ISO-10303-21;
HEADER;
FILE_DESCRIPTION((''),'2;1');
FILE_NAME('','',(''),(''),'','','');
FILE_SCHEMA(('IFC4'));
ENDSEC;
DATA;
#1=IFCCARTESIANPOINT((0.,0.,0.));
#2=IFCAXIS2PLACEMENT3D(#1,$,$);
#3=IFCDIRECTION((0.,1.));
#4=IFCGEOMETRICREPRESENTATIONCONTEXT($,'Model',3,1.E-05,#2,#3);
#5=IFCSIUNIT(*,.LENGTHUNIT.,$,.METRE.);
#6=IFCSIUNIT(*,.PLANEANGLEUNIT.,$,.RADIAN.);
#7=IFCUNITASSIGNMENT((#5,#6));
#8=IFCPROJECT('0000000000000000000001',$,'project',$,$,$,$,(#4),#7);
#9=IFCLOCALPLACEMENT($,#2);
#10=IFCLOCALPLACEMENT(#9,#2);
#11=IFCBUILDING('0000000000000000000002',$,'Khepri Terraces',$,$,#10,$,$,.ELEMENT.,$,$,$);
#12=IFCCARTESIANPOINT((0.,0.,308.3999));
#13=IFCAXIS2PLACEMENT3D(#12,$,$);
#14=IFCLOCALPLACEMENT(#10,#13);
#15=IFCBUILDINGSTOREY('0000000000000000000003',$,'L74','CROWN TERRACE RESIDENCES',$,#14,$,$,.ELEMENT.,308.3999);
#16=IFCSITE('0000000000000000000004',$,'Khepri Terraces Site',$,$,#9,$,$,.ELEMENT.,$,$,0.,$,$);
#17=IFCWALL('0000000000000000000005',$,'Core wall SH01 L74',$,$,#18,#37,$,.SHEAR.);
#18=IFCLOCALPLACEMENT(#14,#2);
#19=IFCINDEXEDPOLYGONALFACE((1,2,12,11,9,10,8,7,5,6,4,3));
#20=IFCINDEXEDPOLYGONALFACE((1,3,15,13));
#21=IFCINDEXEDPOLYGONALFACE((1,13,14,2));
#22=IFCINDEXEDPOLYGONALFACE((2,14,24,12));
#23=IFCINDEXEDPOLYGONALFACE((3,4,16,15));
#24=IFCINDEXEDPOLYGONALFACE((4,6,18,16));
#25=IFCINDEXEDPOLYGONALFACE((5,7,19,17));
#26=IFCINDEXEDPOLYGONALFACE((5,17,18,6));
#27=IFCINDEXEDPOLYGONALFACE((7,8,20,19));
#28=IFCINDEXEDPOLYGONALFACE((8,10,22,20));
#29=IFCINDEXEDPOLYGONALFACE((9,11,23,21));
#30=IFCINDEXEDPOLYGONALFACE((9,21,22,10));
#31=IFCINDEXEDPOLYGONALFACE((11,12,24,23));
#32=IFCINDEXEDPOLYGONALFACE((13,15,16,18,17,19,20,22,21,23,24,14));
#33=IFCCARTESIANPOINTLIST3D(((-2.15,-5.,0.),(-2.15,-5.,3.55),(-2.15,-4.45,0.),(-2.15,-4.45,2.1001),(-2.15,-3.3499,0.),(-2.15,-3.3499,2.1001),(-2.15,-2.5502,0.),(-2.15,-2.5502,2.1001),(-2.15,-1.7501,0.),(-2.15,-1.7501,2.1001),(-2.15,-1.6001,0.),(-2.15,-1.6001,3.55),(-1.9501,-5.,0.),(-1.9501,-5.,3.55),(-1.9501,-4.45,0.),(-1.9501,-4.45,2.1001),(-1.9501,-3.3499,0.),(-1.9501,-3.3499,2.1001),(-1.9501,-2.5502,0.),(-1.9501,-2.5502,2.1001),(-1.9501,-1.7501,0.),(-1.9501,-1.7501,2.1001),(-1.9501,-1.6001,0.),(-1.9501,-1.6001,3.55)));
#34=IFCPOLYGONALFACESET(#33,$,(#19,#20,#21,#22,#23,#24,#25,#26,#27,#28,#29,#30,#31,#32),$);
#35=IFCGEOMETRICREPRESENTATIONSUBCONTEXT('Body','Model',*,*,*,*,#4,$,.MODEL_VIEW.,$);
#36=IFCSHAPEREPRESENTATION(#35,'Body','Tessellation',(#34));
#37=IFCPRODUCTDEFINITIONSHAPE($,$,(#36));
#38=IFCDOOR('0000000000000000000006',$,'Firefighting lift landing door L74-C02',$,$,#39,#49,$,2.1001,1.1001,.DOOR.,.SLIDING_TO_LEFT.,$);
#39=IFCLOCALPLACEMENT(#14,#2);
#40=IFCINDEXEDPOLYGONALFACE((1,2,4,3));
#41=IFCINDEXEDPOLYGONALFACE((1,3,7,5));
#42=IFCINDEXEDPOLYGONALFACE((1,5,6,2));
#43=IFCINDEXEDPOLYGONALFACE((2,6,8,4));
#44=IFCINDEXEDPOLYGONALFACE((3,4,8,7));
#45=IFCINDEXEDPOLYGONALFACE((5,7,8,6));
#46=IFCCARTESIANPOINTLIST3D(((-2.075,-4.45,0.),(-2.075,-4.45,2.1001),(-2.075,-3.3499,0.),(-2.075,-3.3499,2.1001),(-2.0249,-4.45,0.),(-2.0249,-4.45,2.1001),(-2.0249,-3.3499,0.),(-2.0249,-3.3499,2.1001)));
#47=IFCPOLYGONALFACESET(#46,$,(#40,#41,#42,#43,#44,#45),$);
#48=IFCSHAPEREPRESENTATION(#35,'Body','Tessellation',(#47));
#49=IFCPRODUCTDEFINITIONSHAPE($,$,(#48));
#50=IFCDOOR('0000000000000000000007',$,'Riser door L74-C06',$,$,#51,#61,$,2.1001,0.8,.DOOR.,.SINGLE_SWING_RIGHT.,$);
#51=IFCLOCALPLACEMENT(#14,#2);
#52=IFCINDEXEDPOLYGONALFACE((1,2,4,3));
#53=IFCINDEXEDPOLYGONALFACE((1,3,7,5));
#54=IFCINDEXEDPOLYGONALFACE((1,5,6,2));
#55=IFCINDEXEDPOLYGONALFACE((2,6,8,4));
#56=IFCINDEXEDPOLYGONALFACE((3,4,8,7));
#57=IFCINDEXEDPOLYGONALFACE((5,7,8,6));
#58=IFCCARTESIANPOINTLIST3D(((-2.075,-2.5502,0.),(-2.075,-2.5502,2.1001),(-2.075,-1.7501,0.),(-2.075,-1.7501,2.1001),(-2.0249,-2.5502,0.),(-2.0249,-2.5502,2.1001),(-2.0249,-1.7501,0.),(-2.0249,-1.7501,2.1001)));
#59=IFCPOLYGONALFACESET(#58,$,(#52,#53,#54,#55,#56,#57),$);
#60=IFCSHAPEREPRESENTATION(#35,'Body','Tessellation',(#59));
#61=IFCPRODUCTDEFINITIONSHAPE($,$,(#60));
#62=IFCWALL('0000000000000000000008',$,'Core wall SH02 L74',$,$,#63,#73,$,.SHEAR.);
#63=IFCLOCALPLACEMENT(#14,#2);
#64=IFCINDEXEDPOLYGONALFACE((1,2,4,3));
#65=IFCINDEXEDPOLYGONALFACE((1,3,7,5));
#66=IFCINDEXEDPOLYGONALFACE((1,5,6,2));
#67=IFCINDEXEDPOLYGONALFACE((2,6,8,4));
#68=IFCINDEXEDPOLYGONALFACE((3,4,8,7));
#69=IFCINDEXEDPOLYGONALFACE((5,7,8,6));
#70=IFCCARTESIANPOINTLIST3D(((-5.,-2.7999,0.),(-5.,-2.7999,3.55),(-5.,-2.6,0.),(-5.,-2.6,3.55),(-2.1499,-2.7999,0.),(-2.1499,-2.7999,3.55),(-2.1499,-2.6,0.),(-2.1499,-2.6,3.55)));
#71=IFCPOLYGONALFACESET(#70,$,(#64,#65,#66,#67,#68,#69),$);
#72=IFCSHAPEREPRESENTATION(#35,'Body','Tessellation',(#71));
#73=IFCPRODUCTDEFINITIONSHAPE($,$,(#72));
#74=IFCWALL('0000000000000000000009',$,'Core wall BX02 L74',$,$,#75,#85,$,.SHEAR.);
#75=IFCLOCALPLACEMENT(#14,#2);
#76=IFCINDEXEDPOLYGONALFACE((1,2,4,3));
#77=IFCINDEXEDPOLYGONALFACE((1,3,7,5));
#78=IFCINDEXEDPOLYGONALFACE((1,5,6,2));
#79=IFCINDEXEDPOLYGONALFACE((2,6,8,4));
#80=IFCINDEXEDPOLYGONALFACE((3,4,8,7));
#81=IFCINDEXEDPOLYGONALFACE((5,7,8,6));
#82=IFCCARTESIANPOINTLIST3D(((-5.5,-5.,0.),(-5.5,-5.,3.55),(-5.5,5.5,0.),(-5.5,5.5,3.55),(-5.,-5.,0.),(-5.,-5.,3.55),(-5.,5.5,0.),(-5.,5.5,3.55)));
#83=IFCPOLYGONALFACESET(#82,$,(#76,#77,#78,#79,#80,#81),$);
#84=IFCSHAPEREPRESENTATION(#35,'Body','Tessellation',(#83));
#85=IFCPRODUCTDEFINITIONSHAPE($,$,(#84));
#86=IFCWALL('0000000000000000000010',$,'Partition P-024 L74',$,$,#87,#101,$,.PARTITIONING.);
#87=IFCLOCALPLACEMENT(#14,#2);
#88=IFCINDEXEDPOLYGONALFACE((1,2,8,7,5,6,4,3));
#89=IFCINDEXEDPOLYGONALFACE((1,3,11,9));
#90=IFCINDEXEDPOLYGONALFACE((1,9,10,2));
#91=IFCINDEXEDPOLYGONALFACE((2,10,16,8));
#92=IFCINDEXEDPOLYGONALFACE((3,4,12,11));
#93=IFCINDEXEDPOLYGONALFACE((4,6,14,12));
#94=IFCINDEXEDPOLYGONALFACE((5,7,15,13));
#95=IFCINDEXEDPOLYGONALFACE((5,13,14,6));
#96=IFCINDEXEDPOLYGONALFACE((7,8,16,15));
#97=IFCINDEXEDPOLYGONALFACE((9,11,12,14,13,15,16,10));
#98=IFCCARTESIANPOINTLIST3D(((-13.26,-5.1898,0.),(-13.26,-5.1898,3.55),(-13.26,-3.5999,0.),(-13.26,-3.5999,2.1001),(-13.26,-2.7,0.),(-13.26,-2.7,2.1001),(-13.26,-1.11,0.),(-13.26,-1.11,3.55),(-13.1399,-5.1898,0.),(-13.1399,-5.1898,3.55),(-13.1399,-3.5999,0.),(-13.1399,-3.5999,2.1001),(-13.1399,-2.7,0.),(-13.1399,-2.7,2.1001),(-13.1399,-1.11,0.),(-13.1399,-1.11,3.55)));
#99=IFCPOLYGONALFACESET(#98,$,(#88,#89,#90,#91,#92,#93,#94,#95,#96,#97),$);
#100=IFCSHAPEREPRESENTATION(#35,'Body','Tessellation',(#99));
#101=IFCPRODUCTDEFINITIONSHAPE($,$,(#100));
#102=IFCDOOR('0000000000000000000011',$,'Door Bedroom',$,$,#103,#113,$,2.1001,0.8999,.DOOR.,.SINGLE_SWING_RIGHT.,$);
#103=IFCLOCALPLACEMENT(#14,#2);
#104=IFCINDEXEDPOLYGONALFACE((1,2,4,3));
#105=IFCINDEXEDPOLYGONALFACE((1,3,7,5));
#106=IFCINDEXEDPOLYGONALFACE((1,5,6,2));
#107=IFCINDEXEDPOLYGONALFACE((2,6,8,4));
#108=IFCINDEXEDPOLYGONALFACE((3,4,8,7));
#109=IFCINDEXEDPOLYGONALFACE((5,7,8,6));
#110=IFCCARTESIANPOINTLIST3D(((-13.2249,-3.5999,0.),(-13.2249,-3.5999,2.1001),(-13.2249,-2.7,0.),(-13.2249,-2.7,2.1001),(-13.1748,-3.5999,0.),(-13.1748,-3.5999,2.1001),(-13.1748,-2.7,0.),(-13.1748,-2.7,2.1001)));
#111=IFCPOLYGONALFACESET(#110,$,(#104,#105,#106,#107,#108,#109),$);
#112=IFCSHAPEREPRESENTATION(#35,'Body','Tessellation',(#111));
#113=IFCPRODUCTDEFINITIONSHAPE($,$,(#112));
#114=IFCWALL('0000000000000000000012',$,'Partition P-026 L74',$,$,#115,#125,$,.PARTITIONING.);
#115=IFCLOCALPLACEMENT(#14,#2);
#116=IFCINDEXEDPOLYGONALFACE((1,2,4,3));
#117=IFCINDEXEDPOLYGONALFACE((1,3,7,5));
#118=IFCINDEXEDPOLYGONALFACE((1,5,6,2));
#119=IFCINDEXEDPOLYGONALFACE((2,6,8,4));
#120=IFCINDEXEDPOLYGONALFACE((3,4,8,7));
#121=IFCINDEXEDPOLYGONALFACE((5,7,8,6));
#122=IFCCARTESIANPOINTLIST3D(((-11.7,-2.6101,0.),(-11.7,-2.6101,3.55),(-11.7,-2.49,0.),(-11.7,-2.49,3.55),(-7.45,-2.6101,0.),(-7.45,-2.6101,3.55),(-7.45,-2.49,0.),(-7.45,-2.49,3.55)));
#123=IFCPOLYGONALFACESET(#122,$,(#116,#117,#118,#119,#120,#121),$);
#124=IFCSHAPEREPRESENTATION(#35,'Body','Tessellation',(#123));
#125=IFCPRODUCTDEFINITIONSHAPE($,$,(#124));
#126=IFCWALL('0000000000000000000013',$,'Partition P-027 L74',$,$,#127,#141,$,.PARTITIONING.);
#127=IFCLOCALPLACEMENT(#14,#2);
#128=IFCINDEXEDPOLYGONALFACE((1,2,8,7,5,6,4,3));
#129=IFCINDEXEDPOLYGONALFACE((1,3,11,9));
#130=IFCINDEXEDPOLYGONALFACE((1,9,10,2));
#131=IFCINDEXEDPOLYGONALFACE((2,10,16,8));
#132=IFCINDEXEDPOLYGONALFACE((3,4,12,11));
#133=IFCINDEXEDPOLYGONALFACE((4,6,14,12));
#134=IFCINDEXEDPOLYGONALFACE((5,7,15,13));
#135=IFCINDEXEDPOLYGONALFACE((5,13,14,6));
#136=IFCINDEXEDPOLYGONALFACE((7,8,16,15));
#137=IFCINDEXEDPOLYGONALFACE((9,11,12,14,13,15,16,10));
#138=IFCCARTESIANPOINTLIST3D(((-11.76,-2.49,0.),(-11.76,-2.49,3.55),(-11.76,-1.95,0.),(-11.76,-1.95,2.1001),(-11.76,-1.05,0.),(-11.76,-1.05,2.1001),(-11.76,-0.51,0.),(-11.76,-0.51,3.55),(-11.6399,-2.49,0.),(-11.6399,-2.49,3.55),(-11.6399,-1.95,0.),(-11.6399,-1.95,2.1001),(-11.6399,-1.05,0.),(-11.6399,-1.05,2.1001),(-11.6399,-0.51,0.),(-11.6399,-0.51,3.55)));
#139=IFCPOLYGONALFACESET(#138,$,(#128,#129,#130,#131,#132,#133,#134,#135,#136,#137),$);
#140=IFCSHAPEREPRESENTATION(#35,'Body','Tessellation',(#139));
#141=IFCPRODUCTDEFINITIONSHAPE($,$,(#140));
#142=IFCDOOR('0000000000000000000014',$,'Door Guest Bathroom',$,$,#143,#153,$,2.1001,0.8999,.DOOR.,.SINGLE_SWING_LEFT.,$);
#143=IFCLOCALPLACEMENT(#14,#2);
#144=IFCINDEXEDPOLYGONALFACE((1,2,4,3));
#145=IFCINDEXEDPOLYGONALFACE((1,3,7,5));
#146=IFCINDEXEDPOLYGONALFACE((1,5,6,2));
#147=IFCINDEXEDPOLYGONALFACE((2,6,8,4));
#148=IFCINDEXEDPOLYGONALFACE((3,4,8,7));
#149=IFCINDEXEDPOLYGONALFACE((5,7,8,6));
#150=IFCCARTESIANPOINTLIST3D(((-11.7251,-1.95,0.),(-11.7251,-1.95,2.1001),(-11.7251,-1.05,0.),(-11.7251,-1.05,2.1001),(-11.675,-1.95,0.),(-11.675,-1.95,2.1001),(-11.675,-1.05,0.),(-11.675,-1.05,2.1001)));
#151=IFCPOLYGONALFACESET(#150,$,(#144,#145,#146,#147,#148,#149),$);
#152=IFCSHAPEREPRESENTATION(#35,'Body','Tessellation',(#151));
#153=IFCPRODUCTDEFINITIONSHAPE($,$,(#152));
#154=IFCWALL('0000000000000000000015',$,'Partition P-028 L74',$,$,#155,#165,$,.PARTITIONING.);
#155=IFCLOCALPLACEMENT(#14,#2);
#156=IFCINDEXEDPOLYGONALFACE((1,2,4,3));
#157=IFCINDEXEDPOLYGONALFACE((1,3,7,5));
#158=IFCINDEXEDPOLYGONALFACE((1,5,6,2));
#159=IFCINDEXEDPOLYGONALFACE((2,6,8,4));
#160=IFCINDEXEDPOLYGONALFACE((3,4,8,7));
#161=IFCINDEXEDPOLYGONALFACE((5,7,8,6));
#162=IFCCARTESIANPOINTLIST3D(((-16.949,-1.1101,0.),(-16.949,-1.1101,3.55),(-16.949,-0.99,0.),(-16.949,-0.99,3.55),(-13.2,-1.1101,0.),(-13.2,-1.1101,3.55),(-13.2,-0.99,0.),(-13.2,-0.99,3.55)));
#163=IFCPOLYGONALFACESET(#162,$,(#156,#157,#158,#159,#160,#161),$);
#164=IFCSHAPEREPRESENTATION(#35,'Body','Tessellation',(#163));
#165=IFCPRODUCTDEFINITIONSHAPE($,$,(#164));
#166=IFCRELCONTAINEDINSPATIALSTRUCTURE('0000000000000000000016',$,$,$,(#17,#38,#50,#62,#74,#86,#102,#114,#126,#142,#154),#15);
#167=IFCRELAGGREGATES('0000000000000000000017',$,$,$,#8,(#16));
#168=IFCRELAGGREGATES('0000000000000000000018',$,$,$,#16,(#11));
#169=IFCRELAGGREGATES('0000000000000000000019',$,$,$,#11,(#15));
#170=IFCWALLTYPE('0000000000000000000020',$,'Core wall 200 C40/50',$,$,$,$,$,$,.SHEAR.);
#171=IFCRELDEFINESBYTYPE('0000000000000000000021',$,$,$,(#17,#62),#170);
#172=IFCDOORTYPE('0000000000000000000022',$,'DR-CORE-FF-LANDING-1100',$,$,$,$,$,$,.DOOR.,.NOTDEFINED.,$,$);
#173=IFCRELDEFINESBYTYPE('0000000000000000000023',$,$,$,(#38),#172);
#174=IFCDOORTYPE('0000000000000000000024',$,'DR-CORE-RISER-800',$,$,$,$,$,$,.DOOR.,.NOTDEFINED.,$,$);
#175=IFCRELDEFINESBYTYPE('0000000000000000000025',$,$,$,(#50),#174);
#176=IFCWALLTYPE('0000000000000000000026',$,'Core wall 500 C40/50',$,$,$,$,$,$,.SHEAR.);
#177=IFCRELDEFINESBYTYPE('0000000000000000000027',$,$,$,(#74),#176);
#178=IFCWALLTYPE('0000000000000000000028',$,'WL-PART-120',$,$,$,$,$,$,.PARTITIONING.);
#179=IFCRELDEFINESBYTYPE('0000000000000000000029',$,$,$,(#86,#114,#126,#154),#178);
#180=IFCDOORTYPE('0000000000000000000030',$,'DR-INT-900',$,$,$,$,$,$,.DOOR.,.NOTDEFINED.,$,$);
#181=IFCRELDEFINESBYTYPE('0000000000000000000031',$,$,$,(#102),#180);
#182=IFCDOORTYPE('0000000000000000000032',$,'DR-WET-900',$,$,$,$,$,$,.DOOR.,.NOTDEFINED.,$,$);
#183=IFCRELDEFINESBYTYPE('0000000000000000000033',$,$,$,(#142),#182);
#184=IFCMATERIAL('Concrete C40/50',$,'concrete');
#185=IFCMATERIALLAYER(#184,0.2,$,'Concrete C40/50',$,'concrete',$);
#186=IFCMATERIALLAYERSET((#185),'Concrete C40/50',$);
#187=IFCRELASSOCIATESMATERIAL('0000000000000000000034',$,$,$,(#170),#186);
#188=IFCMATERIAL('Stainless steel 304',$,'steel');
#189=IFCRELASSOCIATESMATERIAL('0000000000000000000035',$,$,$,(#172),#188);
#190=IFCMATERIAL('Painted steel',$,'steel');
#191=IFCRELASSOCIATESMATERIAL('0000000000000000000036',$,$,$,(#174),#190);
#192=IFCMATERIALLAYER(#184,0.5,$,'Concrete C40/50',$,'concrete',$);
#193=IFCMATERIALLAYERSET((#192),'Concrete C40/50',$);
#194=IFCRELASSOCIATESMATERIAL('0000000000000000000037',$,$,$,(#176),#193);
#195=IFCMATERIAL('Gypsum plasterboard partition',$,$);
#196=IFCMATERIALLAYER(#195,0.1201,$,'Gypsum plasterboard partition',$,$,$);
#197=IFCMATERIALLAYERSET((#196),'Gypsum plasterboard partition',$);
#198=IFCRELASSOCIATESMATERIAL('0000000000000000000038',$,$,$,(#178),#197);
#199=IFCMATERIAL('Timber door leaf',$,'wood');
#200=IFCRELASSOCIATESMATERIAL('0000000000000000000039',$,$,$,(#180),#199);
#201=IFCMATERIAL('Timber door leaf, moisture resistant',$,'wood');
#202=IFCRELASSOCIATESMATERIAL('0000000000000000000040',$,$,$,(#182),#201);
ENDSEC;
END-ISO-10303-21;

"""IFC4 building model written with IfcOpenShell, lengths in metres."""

from ifc_helpers import new_model, si_unit, direction, frame, frame_2d, origin, place, context, subcontext, project, spatial, rectangle, extrude, material, layer, layer_set, type_object, element, fill, save


model = new_model("IFC4")

# Units and contexts
model_context = context("Model", 3, precision=1e-05, world=origin(), true_north=direction((0.0, 1.0)))
body_context = subcontext(model_context, "Body", "Model", "MODEL_VIEW")
ifc_project = project(units=[si_unit("LENGTHUNIT", "METRE"), si_unit("PLANEANGLEUNIT", "RADIAN")], contexts=[model_context])

# Site, building, storey
site_placement = place(None, origin())
site = spatial("IfcSite", under=ifc_project, at=site_placement, Name="Khepri Terraces Site", CompositionType="ELEMENT", RefElevation=0.0)
building_placement = place(site_placement, origin())
building = spatial("IfcBuilding", under=site, at=building_placement, Name="Khepri Terraces", CompositionType="ELEMENT")
storey_placement = place(building_placement, frame((0.0, 0.0, 308.3999)))
storey = spatial("IfcBuildingStorey", under=building, at=storey_placement, Name="L74", Description="CROWN TERRACE RESIDENCES", CompositionType="ELEMENT", Elevation=308.3999)

# Shared definitions
ifc_material_1 = material(Name="Concrete C40/50", Category="concrete")

# Shared definitions
ifc_layer_1 = layer(ifc_material_1, 0.2, Name="Concrete C40/50", Category="concrete")
ifc_layer_set_1 = layer_set([ifc_layer_1], Name="Concrete C40/50")
wall_type_1 = type_object("IfcWallType", Name="Core wall 200 C40/50", PredefinedType="SHEAR", material=ifc_layer_set_1)

# Shared definitions
ifc_material_2 = material(Name="Painted steel", Category="steel")

# Wall, openings, doors
wall_1_placement = place(storey_placement, frame((-2.05, -5.0, 0.0), z_axis=(0.0, 0.0, 1.0), x_axis=(0.0, 1.0, 0.0)))
wall_1 = element("IfcWall", 1, at=wall_1_placement, inside=storey, type_object=wall_type_1, Name="Core wall SH01 L74", PredefinedType="SHEAR", context=body_context, shape_type="SweptSolid", body=[
    extrude(rectangle(XDim=3.3999, YDim=0.2, at=frame_2d((1.7, 0.0))), origin(), (0.0, 0.0, 1.0), 3.55),
])
opening_1_placement = place(wall_1_placement, frame((0.55, 0.0, 0.0)))
opening_1 = element("IfcOpeningElement", 2, at=opening_1_placement, cuts=wall_1, PredefinedType="OPENING", context=body_context, shape_type="SweptSolid", body=[
    extrude(rectangle(XDim=1.1001, YDim=2.1001, at=frame_2d((0.55, 1.05))), frame((0.0, 0.1099, 0.0), z_axis=(0.0, -1.0, 0.0), x_axis=(1.0, 0.0, 0.0)), (0.0, 0.0, 1.0), 0.22),
])
opening_2_placement = place(wall_1_placement, frame((2.45, 0.0, 0.0)))
opening_2 = element("IfcOpeningElement", 3, at=opening_2_placement, cuts=wall_1, PredefinedType="OPENING", context=body_context, shape_type="SweptSolid", body=[
    extrude(rectangle(XDim=0.8, YDim=2.1001, at=frame_2d((0.3999, 1.05))), frame((0.0, 0.1099, 0.0), z_axis=(0.0, -1.0, 0.0), x_axis=(1.0, 0.0, 0.0)), (0.0, 0.0, 1.0), 0.22),
])
ifc_material_3 = material(Name="Stainless steel 304", Category="steel")
door_type_1 = type_object("IfcDoorType", Name="DR-CORE-FF-LANDING-1100", OperationType="NOTDEFINED", PredefinedType="DOOR", material=ifc_material_3)
door_1_placement = place(opening_1_placement, origin())
door_1 = element("IfcDoor", 4, at=door_1_placement, inside=storey, type_object=door_type_1, Name="Firefighting lift landing door L74-C02", OperationType="SLIDING_TO_LEFT", OverallHeight=2.1001, OverallWidth=1.1001, PredefinedType="DOOR", context=body_context, shape_type="SweptSolid", body=[
    extrude(rectangle(XDim=1.1001, YDim=2.1001, at=frame_2d((0.55, 1.05))), frame((0.0, 0.0249, 0.0), z_axis=(0.0, -1.0, 0.0), x_axis=(1.0, 0.0, 0.0)), (0.0, 0.0, 1.0), 0.05),
])
fill(opening_1, door_1)
door_type_2 = type_object("IfcDoorType", Name="DR-CORE-RISER-800", OperationType="NOTDEFINED", PredefinedType="DOOR", material=ifc_material_2)
door_2_placement = place(opening_2_placement, origin())
door_2 = element("IfcDoor", 5, at=door_2_placement, inside=storey, type_object=door_type_2, Name="Riser door L74-C06", OperationType="SINGLE_SWING_RIGHT", OverallHeight=2.1001, OverallWidth=0.8, PredefinedType="DOOR", context=body_context, shape_type="SweptSolid", body=[
    extrude(rectangle(XDim=0.8, YDim=2.1001, at=frame_2d((0.3999, 1.05))), frame((0.0, 0.0249, 0.0), z_axis=(0.0, -1.0, 0.0), x_axis=(1.0, 0.0, 0.0)), (0.0, 0.0, 1.0), 0.05),
])
fill(opening_2, door_2)

# Walls
wall_2_placement = place(storey_placement, frame((-5.0, -2.7, 0.0), z_axis=(0.0, 0.0, 1.0), x_axis=(1.0, 0.0, 0.0)))
element("IfcWall", 6, at=wall_2_placement, inside=storey, type_object=wall_type_1, Name="Core wall SH02 L74", PredefinedType="SHEAR", context=body_context, shape_type="SweptSolid", body=[
    extrude(rectangle(XDim=2.8501, YDim=0.2, at=frame_2d((1.425, 0.0))), origin(), (0.0, 0.0, 1.0), 3.55),
])
ifc_layer_2 = layer(ifc_material_1, 0.5, Name="Concrete C40/50", Category="concrete")
ifc_layer_set_2 = layer_set([ifc_layer_2], Name="Concrete C40/50")
wall_type_2 = type_object("IfcWallType", Name="Core wall 500 C40/50", PredefinedType="SHEAR", material=ifc_layer_set_2)
wall_3_placement = place(storey_placement, frame((-5.25, -5.0, 0.0), z_axis=(0.0, 0.0, 1.0), x_axis=(0.0, 1.0, 0.0)))
element("IfcWall", 7, at=wall_3_placement, inside=storey, type_object=wall_type_2, Name="Core wall BX02 L74", PredefinedType="SHEAR", context=body_context, shape_type="SweptSolid", body=[
    extrude(rectangle(XDim=10.5, YDim=0.5, at=frame_2d((5.25, 0.0))), origin(), (0.0, 0.0, 1.0), 3.55),
])

# Wall, opening, door
ifc_material_4 = material(Name="Gypsum plasterboard partition")
ifc_layer_3 = layer(ifc_material_4, 0.1201, Name="Gypsum plasterboard partition")
ifc_layer_set_3 = layer_set([ifc_layer_3], Name="Gypsum plasterboard partition")
wall_type_3 = type_object("IfcWallType", Name="WL-PART-120", PredefinedType="PARTITIONING", material=ifc_layer_set_3)
wall_4_placement = place(storey_placement, frame((-13.2, -5.1899, 0.0), z_axis=(0.0, 0.0, 1.0), x_axis=(0.0, 1.0, 0.0)))
wall_4 = element("IfcWall", 8, at=wall_4_placement, inside=storey, type_object=wall_type_3, Name="Partition P-024 L74", PredefinedType="PARTITIONING", context=body_context, shape_type="SweptSolid", body=[
    extrude(rectangle(XDim=4.0798, YDim=0.1201, at=frame_2d((2.04, 0.0))), origin(), (0.0, 0.0, 1.0), 3.55),
])
opening_3_placement = place(wall_4_placement, frame((1.5901, 0.0, 0.0)))
opening_3 = element("IfcOpeningElement", 9, at=opening_3_placement, cuts=wall_4, PredefinedType="OPENING", context=body_context, shape_type="SweptSolid", body=[
    extrude(rectangle(XDim=0.8999, YDim=2.1001, at=frame_2d((0.45, 1.05))), frame((0.0, 0.0701, 0.0), z_axis=(0.0, -1.0, 0.0), x_axis=(1.0, 0.0, 0.0)), (0.0, 0.0, 1.0), 0.1401),
])
ifc_material_5 = material(Name="Timber door leaf", Category="wood")
door_type_3 = type_object("IfcDoorType", Name="DR-INT-900", OperationType="NOTDEFINED", PredefinedType="DOOR", material=ifc_material_5)
door_3_placement = place(opening_3_placement, origin())
door_3 = element("IfcDoor", 10, at=door_3_placement, inside=storey, type_object=door_type_3, Name="Door Bedroom", OperationType="SINGLE_SWING_RIGHT", OverallHeight=2.1001, OverallWidth=0.8999, PredefinedType="DOOR", context=body_context, shape_type="SweptSolid", body=[
    extrude(rectangle(XDim=0.8999, YDim=2.1001, at=frame_2d((0.45, 1.05))), frame((0.0, 0.0249, 0.0), z_axis=(0.0, -1.0, 0.0), x_axis=(1.0, 0.0, 0.0)), (0.0, 0.0, 1.0), 0.05),
])
fill(opening_3, door_3)

# Wall
wall_5_placement = place(storey_placement, frame((-11.7, -2.55, 0.0), z_axis=(0.0, 0.0, 1.0), x_axis=(1.0, 0.0, 0.0)))
element("IfcWall", 11, at=wall_5_placement, inside=storey, type_object=wall_type_3, Name="Partition P-026 L74", PredefinedType="PARTITIONING", context=body_context, shape_type="SweptSolid", body=[
    extrude(rectangle(XDim=4.25, YDim=0.1201, at=frame_2d((2.125, 0.0))), origin(), (0.0, 0.0, 1.0), 3.55),
])

# Wall, opening, door
wall_6_placement = place(storey_placement, frame((-11.7, -2.49, 0.0), z_axis=(0.0, 0.0, 1.0), x_axis=(0.0, 1.0, 0.0)))
wall_6 = element("IfcWall", 12, at=wall_6_placement, inside=storey, type_object=wall_type_3, Name="Partition P-027 L74", PredefinedType="PARTITIONING", context=body_context, shape_type="SweptSolid", body=[
    extrude(rectangle(XDim=1.98, YDim=0.1201, at=frame_2d((0.99, 0.0))), origin(), (0.0, 0.0, 1.0), 3.55),
])
opening_4_placement = place(wall_6_placement, frame((0.54, 0.0, 0.0)))
opening_4 = element("IfcOpeningElement", 13, at=opening_4_placement, cuts=wall_6, PredefinedType="OPENING", context=body_context, shape_type="SweptSolid", body=[
    extrude(rectangle(XDim=0.8999, YDim=2.1001, at=frame_2d((0.45, 1.05))), frame((0.0, 0.0701, 0.0), z_axis=(0.0, -1.0, 0.0), x_axis=(1.0, 0.0, 0.0)), (0.0, 0.0, 1.0), 0.1401),
])
ifc_material_6 = material(Name="Timber door leaf, moisture resistant", Category="wood")
door_type_4 = type_object("IfcDoorType", Name="DR-WET-900", OperationType="NOTDEFINED", PredefinedType="DOOR", material=ifc_material_6)
door_4_placement = place(opening_4_placement, frame((0.8999, 0.0, 0.0), z_axis=(0.0, 0.0, 1.0), x_axis=(-1.0, 0.0, 0.0)))
door_4 = element("IfcDoor", 14, at=door_4_placement, inside=storey, type_object=door_type_4, Name="Door Guest Bathroom", OperationType="SINGLE_SWING_LEFT", OverallHeight=2.1001, OverallWidth=0.8999, PredefinedType="DOOR", context=body_context, shape_type="SweptSolid", body=[
    extrude(rectangle(XDim=0.8999, YDim=2.1001, at=frame_2d((0.45, 1.05))), frame((0.0, 0.0249, 0.0), z_axis=(0.0, -1.0, 0.0), x_axis=(1.0, 0.0, 0.0)), (0.0, 0.0, 1.0), 0.05),
])
fill(opening_4, door_4)

# Wall
wall_7_placement = place(storey_placement, frame((-16.949, -1.05, 0.0), z_axis=(0.0, 0.0, 1.0), x_axis=(1.0, 0.0, 0.0)))
element("IfcWall", 15, at=wall_7_placement, inside=storey, type_object=wall_type_3, Name="Partition P-028 L74", PredefinedType="PARTITIONING", context=body_context, shape_type="SweptSolid", body=[
    extrude(rectangle(XDim=3.749, YDim=0.1201, at=frame_2d((1.8745, 0.0))), origin(), (0.0, 0.0, 1.0), 3.55),
])

save(model, "model.ifc")
